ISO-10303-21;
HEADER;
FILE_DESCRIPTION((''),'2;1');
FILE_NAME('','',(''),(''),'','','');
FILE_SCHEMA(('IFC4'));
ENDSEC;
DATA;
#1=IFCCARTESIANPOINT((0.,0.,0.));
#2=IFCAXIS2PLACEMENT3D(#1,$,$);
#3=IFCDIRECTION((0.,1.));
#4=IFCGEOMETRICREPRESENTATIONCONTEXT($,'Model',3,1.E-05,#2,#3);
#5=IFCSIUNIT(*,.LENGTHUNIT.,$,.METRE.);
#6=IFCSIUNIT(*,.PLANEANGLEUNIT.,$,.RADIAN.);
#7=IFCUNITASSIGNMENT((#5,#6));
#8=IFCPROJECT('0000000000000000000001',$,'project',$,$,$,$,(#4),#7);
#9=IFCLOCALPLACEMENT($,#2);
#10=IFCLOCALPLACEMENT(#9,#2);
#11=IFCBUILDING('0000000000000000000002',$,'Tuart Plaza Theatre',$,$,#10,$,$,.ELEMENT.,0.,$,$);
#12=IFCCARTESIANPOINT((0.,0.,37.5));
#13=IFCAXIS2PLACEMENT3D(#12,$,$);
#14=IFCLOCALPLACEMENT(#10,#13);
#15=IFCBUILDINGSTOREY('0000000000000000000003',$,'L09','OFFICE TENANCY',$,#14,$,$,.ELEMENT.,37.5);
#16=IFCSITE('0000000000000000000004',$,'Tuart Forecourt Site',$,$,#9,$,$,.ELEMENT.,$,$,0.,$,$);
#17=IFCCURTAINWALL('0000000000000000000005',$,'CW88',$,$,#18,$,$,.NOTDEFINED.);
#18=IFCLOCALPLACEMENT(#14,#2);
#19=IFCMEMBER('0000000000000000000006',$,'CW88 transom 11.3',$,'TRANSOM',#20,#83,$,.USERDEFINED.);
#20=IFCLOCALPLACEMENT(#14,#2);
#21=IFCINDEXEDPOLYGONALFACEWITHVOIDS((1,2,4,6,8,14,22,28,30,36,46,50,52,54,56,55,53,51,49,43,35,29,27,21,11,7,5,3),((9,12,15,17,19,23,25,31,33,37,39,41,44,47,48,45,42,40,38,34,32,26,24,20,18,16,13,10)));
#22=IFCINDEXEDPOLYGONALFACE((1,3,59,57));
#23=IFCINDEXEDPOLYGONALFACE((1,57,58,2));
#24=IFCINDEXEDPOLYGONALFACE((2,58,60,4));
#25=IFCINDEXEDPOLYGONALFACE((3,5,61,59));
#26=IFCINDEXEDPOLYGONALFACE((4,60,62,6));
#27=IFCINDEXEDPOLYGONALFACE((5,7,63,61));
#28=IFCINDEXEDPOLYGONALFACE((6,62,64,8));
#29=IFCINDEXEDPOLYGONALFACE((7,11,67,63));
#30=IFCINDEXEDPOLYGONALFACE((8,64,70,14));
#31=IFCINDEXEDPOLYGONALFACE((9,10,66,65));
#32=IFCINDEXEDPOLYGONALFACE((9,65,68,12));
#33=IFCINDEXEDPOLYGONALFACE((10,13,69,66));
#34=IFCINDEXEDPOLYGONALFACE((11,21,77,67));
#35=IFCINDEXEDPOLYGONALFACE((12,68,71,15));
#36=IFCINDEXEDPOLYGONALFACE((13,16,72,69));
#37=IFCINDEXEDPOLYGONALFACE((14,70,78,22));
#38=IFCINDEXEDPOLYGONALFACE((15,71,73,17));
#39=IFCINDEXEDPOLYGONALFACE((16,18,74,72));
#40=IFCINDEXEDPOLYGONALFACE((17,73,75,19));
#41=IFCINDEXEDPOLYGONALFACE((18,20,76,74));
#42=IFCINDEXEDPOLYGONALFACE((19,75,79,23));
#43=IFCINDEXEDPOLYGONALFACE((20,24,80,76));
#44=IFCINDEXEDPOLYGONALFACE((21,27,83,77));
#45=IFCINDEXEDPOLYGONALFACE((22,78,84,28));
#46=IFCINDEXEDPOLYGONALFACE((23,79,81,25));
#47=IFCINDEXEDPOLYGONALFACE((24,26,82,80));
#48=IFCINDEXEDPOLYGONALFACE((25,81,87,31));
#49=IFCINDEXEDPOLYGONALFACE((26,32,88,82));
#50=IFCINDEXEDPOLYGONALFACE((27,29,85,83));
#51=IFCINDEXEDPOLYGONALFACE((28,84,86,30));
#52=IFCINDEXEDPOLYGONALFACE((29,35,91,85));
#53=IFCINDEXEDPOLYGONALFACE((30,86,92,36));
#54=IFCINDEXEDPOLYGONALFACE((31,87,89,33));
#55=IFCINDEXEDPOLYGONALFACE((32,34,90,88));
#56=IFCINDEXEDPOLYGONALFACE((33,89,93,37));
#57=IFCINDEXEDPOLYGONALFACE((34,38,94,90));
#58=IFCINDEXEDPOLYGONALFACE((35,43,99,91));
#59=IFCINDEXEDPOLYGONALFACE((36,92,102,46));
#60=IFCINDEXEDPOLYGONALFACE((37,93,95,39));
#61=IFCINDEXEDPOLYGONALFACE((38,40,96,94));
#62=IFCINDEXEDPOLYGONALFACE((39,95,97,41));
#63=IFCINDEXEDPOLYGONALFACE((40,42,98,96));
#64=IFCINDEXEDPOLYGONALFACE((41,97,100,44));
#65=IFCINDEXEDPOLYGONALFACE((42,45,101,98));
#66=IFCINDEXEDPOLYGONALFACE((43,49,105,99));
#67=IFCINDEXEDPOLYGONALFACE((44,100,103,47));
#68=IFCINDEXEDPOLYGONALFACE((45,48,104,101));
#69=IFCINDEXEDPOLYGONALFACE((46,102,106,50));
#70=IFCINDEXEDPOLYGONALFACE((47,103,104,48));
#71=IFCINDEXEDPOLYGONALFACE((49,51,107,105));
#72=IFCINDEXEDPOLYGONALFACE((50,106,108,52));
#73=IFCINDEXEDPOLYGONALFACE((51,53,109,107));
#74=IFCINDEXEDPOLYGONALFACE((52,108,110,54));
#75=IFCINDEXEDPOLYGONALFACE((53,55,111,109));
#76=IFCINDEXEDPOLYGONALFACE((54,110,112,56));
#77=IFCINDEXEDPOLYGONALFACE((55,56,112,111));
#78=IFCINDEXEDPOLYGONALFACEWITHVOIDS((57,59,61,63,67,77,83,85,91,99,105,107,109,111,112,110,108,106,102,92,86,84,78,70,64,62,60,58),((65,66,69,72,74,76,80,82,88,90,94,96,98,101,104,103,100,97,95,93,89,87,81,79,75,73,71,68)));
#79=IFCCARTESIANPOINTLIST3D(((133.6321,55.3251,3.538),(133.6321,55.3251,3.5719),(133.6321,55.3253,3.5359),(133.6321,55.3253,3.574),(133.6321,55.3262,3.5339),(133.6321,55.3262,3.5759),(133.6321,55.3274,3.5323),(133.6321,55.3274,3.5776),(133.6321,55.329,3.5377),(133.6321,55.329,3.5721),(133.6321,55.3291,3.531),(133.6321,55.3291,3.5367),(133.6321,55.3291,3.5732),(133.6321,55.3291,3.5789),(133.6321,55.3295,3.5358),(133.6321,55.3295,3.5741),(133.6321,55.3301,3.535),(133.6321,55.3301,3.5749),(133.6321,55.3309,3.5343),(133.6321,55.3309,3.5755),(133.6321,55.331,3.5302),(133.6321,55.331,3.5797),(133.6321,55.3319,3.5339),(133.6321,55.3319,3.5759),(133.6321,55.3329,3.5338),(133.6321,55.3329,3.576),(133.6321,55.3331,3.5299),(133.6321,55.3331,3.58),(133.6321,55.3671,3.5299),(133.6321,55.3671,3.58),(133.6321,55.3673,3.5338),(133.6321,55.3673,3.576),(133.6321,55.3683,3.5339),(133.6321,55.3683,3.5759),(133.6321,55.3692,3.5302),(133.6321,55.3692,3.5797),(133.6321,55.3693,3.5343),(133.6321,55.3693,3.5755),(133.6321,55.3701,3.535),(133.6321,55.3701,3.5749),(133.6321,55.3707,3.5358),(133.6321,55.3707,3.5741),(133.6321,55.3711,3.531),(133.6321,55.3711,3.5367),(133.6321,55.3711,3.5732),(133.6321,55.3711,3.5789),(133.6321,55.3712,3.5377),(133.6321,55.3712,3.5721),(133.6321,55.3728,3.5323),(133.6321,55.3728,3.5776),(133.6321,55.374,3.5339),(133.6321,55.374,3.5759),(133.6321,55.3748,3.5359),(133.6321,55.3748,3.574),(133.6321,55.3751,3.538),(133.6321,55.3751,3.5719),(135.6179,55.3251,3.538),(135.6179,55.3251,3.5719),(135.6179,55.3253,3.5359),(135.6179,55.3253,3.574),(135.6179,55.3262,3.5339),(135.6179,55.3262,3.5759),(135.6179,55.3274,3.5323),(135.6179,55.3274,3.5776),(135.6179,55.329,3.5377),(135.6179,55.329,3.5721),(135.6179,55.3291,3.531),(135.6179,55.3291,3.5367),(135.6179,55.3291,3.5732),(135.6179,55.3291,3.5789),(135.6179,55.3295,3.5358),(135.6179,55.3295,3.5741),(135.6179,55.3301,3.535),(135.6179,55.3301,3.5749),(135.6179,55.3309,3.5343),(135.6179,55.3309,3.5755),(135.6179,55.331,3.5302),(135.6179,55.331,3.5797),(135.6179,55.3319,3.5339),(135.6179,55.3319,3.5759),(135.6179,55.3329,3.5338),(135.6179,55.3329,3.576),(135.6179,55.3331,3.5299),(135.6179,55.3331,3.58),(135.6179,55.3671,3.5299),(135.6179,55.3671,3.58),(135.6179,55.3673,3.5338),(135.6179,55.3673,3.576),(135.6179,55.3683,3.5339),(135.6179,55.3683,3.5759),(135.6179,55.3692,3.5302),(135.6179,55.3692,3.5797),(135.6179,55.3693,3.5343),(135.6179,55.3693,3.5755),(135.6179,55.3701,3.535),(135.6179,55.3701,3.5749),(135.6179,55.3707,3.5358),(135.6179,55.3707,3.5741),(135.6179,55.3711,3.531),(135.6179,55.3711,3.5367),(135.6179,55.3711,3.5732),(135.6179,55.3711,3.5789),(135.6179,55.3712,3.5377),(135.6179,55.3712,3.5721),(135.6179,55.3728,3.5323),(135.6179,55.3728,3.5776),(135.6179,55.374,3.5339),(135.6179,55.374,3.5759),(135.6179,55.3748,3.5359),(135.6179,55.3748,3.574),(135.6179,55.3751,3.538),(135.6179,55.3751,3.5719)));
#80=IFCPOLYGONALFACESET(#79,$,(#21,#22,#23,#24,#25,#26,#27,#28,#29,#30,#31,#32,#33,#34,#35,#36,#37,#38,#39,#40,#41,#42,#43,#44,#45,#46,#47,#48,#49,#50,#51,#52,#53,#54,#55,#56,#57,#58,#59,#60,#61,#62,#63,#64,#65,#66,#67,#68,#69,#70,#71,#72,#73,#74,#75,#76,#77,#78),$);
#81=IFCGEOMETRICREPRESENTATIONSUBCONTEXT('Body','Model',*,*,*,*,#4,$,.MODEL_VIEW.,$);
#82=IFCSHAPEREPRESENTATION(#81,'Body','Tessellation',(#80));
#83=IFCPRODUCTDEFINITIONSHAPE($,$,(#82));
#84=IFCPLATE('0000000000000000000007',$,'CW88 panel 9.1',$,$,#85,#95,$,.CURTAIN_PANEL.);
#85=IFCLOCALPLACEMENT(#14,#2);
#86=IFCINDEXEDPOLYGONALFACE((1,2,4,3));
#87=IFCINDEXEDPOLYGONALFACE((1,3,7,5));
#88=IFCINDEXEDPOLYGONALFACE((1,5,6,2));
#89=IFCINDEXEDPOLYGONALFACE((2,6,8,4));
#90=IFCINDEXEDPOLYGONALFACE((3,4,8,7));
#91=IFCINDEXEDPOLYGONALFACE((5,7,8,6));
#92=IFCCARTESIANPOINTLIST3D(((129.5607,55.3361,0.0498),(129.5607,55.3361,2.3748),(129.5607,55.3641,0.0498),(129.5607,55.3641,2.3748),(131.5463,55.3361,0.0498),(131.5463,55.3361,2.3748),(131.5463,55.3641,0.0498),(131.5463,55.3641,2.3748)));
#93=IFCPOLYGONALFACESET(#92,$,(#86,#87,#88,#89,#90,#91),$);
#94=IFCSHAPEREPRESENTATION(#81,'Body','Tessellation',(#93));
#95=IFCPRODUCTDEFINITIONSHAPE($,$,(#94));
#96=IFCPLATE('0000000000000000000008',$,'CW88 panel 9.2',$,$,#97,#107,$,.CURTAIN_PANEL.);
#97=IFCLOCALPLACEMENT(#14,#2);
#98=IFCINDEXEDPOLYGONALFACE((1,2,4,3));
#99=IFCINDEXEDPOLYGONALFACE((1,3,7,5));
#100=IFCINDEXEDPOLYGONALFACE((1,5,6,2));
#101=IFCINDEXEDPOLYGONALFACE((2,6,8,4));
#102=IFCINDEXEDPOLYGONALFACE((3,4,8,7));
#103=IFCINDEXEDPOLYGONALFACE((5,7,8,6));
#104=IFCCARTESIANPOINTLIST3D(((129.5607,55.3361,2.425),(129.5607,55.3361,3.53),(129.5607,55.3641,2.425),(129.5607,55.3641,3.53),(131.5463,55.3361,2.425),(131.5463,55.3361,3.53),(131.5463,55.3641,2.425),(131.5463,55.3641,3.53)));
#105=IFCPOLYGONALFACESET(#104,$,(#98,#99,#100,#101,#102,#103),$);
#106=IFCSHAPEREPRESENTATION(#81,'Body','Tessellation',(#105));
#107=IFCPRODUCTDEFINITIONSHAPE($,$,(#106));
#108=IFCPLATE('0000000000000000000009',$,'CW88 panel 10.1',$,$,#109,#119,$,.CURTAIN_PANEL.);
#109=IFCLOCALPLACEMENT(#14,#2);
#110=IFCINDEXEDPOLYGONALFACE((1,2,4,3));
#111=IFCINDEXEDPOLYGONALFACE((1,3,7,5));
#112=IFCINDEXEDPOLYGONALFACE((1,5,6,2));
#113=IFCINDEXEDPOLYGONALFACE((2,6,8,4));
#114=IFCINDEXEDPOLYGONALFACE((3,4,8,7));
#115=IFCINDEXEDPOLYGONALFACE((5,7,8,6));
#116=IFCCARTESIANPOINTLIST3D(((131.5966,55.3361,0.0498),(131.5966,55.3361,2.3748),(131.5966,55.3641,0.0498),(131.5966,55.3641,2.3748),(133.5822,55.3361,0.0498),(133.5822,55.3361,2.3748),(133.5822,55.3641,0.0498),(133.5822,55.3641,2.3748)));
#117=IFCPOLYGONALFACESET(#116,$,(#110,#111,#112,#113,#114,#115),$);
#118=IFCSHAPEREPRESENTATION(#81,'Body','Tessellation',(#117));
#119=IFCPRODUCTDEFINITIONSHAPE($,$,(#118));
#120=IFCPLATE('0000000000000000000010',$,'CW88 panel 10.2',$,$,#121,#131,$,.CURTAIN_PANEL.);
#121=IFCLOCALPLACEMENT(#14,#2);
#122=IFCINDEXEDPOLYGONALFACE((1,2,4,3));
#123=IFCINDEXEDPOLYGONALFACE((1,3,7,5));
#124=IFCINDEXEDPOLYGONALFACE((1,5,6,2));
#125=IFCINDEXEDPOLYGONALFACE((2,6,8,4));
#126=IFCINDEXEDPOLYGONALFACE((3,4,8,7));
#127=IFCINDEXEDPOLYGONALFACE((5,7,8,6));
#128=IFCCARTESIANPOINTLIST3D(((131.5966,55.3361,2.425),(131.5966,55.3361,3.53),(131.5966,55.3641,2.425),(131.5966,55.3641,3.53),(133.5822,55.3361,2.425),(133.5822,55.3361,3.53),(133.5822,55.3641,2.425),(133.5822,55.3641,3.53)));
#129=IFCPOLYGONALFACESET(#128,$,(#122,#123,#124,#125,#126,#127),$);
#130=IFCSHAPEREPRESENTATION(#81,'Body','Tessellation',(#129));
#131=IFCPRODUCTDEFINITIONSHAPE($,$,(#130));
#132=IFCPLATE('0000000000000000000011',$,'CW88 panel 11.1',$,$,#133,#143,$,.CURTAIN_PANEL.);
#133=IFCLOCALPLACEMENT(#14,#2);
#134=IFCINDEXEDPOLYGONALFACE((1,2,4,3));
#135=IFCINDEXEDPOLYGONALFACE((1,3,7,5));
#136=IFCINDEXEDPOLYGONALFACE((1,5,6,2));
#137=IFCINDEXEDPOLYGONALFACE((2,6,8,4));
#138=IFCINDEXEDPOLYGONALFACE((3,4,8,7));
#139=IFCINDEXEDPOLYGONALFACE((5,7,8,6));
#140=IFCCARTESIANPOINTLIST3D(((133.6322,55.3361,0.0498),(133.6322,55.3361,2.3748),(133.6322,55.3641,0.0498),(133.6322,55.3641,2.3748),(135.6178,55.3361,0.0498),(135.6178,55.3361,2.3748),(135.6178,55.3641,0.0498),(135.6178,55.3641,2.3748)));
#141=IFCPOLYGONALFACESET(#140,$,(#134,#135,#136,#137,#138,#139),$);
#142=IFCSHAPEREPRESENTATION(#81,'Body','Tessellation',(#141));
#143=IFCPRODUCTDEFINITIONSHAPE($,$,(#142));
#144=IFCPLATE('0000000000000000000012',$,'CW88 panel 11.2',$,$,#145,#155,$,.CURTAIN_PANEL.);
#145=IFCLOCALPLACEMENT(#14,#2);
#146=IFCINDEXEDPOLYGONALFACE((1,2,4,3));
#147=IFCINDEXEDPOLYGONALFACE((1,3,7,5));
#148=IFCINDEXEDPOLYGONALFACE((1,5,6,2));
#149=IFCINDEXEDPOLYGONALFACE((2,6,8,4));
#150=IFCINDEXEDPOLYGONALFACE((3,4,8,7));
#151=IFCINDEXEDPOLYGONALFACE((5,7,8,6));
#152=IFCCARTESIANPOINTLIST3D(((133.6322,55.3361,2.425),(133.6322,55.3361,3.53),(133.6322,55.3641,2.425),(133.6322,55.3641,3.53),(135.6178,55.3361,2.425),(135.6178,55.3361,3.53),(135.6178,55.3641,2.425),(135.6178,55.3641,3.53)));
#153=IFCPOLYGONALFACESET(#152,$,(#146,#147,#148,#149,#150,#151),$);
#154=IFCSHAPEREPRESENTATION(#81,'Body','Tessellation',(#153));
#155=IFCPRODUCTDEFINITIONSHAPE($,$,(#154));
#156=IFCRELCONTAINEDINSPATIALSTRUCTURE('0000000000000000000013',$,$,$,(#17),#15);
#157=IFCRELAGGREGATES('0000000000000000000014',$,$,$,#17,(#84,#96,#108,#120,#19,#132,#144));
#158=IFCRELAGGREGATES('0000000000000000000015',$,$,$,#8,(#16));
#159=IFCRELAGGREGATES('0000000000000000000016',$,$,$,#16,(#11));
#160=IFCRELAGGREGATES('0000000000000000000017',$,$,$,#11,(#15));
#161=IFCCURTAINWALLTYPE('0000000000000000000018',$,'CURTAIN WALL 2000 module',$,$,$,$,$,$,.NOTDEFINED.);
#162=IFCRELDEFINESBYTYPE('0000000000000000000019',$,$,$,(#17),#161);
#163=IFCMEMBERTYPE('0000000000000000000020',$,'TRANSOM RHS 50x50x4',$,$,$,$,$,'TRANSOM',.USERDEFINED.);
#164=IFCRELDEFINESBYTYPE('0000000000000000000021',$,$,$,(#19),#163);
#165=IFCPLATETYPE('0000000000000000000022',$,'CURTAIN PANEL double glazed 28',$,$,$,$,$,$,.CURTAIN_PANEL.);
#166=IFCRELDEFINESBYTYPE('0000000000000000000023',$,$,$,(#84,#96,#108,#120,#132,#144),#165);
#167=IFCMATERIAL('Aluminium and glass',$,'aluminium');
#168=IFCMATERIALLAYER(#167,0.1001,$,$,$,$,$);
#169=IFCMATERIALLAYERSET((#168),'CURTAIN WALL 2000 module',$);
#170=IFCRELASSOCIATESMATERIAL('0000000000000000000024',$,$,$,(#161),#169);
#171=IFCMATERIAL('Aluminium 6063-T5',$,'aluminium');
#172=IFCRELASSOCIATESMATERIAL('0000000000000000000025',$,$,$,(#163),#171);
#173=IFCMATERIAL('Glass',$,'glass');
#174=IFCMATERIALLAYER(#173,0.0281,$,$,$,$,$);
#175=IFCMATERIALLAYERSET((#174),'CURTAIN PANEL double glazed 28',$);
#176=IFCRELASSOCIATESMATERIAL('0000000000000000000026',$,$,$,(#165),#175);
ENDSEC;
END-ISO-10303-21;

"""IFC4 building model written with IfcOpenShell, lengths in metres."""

from ifc_helpers import new_model, si_unit, direction, frame, origin, origin_2d, place, context, subcontext, project, spatial, rectangle, hollow_rectangle, extrude, material, layer, layer_set, material_profile, profile_set, type_object, element, aggregate, save


model = new_model("IFC4")

# Units and contexts
model_context = context("Model", 3, precision=1e-05, world=origin(), true_north=direction((0.0, 1.0)))
body_context = subcontext(model_context, "Body", "Model", "MODEL_VIEW")
ifc_project = project(units=[si_unit("LENGTHUNIT", "METRE"), si_unit("PLANEANGLEUNIT", "RADIAN")], contexts=[model_context])

# Site, building, storey
site_placement = place(None, origin())
site = spatial("IfcSite", under=ifc_project, at=site_placement, Name="Tuart Forecourt Site", CompositionType="ELEMENT", RefElevation=0.0)
building_placement = place(site_placement, origin())
building = spatial("IfcBuilding", under=site, at=building_placement, Name="Tuart Plaza Theatre", CompositionType="ELEMENT", ElevationOfRefHeight=0.0)
storey_placement = place(building_placement, frame((0.0, 0.0, 37.5)))
storey = spatial("IfcBuildingStorey", under=building, at=storey_placement, Name="L09", Description="OFFICE TENANCY", CompositionType="ELEMENT", Elevation=37.5)

# Curtain wall, member, plates
ifc_material_1 = material(Name="Aluminium and glass", Category="aluminium")
ifc_layer_1 = layer(ifc_material_1, 0.1001)
ifc_layer_set_1 = layer_set([ifc_layer_1], Name="CURTAIN WALL 2000 module")
curtain_wall_type = type_object("IfcCurtainWallType", Name="CURTAIN WALL 2000 module", PredefinedType="NOTDEFINED", material=ifc_layer_set_1)
curtain_wall_placement = place(storey_placement, origin())
curtain_wall = element("IfcCurtainWall", 1, at=curtain_wall_placement, inside=storey, type_object=curtain_wall_type, Name="CW88", PredefinedType="NOTDEFINED")
ifc_material_2 = material(Name="Aluminium 6063-T5", Category="aluminium")
ifc_material_profile_1 = material_profile(ifc_material_2, hollow_rectangle(XDim=0.05, YDim=0.05, WallThickness=0.0039, InnerFilletRadius=0.0039, OuterFilletRadius=0.0081, at=origin_2d()), Name="RHS 50x50x4")
ifc_profile_set_1 = profile_set([ifc_material_profile_1], Name="Aluminium 6063-T5")
member_type_1 = type_object("IfcMemberType", Name="TRANSOM RHS 50x50x4", ElementType="TRANSOM", PredefinedType="USERDEFINED", material=ifc_profile_set_1)
member_1_placement = place(storey_placement, frame((133.6321, 55.3501, 3.5549), z_axis=(1.0, 0.0, 0.0), x_axis=(0.0, 1.0, 0.0)))
member_1 = element("IfcMember", 2, at=member_1_placement, type_object=member_type_1, Name="CW88 transom 11.3", ObjectType="TRANSOM", PredefinedType="USERDEFINED", context=body_context, shape_type="SweptSolid", body=[
    extrude(hollow_rectangle(XDim=0.05, YDim=0.05, WallThickness=0.0039, InnerFilletRadius=0.0039, OuterFilletRadius=0.0081, at=origin_2d()), origin(), (0.0, 0.0, 1.0), 1.9858),
])
ifc_material_3 = material(Name="Glass", Category="glass")
ifc_layer_2 = layer(ifc_material_3, 0.0281)
ifc_layer_set_2 = layer_set([ifc_layer_2], Name="CURTAIN PANEL double glazed 28")
plate_type = type_object("IfcPlateType", Name="CURTAIN PANEL double glazed 28", PredefinedType="CURTAIN_PANEL", material=ifc_layer_set_2)
plate_1_placement = place(storey_placement, frame((130.5535, 55.3501, 0.0498), z_axis=(0.0, 0.0, 1.0), x_axis=(1.0, 0.0, 0.0)))
plate_1 = element("IfcPlate", 3, at=plate_1_placement, type_object=plate_type, Name="CW88 panel 9.1", PredefinedType="CURTAIN_PANEL", context=body_context, shape_type="SweptSolid", body=[
    extrude(rectangle(XDim=1.9856, YDim=0.0281, at=origin_2d()), origin(), (0.0, 0.0, 1.0), 2.325),
])
plate_2_placement = place(storey_placement, frame((130.5535, 55.3501, 2.425), z_axis=(0.0, 0.0, 1.0), x_axis=(1.0, 0.0, 0.0)))
plate_2 = element("IfcPlate", 4, at=plate_2_placement, type_object=plate_type, Name="CW88 panel 9.2", PredefinedType="CURTAIN_PANEL", context=body_context, shape_type="SweptSolid", body=[
    extrude(rectangle(XDim=1.9856, YDim=0.0281, at=origin_2d()), origin(), (0.0, 0.0, 1.0), 1.105),
])
plate_3_placement = place(storey_placement, frame((132.5894, 55.3501, 0.0498), z_axis=(0.0, 0.0, 1.0), x_axis=(1.0, 0.0, 0.0)))
plate_3 = element("IfcPlate", 5, at=plate_3_placement, type_object=plate_type, Name="CW88 panel 10.1", PredefinedType="CURTAIN_PANEL", context=body_context, shape_type="SweptSolid", body=[
    extrude(rectangle(XDim=1.9856, YDim=0.0281, at=origin_2d()), origin(), (0.0, 0.0, 1.0), 2.325),
])
plate_4_placement = place(storey_placement, frame((132.5894, 55.3501, 2.425), z_axis=(0.0, 0.0, 1.0), x_axis=(1.0, 0.0, 0.0)))
plate_4 = element("IfcPlate", 6, at=plate_4_placement, type_object=plate_type, Name="CW88 panel 10.2", PredefinedType="CURTAIN_PANEL", context=body_context, shape_type="SweptSolid", body=[
    extrude(rectangle(XDim=1.9856, YDim=0.0281, at=origin_2d()), origin(), (0.0, 0.0, 1.0), 1.105),
])
plate_5_placement = place(storey_placement, frame((134.625, 55.3501, 0.0498), z_axis=(0.0, 0.0, 1.0), x_axis=(1.0, 0.0, 0.0)))
plate_5 = element("IfcPlate", 7, at=plate_5_placement, type_object=plate_type, Name="CW88 panel 11.1", PredefinedType="CURTAIN_PANEL", context=body_context, shape_type="SweptSolid", body=[
    extrude(rectangle(XDim=1.9856, YDim=0.0281, at=origin_2d()), origin(), (0.0, 0.0, 1.0), 2.325),
])
plate_6_placement = place(storey_placement, frame((134.625, 55.3501, 2.425), z_axis=(0.0, 0.0, 1.0), x_axis=(1.0, 0.0, 0.0)))
plate_6 = element("IfcPlate", 8, at=plate_6_placement, type_object=plate_type, Name="CW88 panel 11.2", PredefinedType="CURTAIN_PANEL", context=body_context, shape_type="SweptSolid", body=[
    extrude(rectangle(XDim=1.9856, YDim=0.0281, at=origin_2d()), origin(), (0.0, 0.0, 1.0), 1.105),
])
aggregate(curtain_wall, [plate_1, plate_2, plate_3, plate_4, member_1, plate_5, plate_6])

save(model, "model.ifc")
